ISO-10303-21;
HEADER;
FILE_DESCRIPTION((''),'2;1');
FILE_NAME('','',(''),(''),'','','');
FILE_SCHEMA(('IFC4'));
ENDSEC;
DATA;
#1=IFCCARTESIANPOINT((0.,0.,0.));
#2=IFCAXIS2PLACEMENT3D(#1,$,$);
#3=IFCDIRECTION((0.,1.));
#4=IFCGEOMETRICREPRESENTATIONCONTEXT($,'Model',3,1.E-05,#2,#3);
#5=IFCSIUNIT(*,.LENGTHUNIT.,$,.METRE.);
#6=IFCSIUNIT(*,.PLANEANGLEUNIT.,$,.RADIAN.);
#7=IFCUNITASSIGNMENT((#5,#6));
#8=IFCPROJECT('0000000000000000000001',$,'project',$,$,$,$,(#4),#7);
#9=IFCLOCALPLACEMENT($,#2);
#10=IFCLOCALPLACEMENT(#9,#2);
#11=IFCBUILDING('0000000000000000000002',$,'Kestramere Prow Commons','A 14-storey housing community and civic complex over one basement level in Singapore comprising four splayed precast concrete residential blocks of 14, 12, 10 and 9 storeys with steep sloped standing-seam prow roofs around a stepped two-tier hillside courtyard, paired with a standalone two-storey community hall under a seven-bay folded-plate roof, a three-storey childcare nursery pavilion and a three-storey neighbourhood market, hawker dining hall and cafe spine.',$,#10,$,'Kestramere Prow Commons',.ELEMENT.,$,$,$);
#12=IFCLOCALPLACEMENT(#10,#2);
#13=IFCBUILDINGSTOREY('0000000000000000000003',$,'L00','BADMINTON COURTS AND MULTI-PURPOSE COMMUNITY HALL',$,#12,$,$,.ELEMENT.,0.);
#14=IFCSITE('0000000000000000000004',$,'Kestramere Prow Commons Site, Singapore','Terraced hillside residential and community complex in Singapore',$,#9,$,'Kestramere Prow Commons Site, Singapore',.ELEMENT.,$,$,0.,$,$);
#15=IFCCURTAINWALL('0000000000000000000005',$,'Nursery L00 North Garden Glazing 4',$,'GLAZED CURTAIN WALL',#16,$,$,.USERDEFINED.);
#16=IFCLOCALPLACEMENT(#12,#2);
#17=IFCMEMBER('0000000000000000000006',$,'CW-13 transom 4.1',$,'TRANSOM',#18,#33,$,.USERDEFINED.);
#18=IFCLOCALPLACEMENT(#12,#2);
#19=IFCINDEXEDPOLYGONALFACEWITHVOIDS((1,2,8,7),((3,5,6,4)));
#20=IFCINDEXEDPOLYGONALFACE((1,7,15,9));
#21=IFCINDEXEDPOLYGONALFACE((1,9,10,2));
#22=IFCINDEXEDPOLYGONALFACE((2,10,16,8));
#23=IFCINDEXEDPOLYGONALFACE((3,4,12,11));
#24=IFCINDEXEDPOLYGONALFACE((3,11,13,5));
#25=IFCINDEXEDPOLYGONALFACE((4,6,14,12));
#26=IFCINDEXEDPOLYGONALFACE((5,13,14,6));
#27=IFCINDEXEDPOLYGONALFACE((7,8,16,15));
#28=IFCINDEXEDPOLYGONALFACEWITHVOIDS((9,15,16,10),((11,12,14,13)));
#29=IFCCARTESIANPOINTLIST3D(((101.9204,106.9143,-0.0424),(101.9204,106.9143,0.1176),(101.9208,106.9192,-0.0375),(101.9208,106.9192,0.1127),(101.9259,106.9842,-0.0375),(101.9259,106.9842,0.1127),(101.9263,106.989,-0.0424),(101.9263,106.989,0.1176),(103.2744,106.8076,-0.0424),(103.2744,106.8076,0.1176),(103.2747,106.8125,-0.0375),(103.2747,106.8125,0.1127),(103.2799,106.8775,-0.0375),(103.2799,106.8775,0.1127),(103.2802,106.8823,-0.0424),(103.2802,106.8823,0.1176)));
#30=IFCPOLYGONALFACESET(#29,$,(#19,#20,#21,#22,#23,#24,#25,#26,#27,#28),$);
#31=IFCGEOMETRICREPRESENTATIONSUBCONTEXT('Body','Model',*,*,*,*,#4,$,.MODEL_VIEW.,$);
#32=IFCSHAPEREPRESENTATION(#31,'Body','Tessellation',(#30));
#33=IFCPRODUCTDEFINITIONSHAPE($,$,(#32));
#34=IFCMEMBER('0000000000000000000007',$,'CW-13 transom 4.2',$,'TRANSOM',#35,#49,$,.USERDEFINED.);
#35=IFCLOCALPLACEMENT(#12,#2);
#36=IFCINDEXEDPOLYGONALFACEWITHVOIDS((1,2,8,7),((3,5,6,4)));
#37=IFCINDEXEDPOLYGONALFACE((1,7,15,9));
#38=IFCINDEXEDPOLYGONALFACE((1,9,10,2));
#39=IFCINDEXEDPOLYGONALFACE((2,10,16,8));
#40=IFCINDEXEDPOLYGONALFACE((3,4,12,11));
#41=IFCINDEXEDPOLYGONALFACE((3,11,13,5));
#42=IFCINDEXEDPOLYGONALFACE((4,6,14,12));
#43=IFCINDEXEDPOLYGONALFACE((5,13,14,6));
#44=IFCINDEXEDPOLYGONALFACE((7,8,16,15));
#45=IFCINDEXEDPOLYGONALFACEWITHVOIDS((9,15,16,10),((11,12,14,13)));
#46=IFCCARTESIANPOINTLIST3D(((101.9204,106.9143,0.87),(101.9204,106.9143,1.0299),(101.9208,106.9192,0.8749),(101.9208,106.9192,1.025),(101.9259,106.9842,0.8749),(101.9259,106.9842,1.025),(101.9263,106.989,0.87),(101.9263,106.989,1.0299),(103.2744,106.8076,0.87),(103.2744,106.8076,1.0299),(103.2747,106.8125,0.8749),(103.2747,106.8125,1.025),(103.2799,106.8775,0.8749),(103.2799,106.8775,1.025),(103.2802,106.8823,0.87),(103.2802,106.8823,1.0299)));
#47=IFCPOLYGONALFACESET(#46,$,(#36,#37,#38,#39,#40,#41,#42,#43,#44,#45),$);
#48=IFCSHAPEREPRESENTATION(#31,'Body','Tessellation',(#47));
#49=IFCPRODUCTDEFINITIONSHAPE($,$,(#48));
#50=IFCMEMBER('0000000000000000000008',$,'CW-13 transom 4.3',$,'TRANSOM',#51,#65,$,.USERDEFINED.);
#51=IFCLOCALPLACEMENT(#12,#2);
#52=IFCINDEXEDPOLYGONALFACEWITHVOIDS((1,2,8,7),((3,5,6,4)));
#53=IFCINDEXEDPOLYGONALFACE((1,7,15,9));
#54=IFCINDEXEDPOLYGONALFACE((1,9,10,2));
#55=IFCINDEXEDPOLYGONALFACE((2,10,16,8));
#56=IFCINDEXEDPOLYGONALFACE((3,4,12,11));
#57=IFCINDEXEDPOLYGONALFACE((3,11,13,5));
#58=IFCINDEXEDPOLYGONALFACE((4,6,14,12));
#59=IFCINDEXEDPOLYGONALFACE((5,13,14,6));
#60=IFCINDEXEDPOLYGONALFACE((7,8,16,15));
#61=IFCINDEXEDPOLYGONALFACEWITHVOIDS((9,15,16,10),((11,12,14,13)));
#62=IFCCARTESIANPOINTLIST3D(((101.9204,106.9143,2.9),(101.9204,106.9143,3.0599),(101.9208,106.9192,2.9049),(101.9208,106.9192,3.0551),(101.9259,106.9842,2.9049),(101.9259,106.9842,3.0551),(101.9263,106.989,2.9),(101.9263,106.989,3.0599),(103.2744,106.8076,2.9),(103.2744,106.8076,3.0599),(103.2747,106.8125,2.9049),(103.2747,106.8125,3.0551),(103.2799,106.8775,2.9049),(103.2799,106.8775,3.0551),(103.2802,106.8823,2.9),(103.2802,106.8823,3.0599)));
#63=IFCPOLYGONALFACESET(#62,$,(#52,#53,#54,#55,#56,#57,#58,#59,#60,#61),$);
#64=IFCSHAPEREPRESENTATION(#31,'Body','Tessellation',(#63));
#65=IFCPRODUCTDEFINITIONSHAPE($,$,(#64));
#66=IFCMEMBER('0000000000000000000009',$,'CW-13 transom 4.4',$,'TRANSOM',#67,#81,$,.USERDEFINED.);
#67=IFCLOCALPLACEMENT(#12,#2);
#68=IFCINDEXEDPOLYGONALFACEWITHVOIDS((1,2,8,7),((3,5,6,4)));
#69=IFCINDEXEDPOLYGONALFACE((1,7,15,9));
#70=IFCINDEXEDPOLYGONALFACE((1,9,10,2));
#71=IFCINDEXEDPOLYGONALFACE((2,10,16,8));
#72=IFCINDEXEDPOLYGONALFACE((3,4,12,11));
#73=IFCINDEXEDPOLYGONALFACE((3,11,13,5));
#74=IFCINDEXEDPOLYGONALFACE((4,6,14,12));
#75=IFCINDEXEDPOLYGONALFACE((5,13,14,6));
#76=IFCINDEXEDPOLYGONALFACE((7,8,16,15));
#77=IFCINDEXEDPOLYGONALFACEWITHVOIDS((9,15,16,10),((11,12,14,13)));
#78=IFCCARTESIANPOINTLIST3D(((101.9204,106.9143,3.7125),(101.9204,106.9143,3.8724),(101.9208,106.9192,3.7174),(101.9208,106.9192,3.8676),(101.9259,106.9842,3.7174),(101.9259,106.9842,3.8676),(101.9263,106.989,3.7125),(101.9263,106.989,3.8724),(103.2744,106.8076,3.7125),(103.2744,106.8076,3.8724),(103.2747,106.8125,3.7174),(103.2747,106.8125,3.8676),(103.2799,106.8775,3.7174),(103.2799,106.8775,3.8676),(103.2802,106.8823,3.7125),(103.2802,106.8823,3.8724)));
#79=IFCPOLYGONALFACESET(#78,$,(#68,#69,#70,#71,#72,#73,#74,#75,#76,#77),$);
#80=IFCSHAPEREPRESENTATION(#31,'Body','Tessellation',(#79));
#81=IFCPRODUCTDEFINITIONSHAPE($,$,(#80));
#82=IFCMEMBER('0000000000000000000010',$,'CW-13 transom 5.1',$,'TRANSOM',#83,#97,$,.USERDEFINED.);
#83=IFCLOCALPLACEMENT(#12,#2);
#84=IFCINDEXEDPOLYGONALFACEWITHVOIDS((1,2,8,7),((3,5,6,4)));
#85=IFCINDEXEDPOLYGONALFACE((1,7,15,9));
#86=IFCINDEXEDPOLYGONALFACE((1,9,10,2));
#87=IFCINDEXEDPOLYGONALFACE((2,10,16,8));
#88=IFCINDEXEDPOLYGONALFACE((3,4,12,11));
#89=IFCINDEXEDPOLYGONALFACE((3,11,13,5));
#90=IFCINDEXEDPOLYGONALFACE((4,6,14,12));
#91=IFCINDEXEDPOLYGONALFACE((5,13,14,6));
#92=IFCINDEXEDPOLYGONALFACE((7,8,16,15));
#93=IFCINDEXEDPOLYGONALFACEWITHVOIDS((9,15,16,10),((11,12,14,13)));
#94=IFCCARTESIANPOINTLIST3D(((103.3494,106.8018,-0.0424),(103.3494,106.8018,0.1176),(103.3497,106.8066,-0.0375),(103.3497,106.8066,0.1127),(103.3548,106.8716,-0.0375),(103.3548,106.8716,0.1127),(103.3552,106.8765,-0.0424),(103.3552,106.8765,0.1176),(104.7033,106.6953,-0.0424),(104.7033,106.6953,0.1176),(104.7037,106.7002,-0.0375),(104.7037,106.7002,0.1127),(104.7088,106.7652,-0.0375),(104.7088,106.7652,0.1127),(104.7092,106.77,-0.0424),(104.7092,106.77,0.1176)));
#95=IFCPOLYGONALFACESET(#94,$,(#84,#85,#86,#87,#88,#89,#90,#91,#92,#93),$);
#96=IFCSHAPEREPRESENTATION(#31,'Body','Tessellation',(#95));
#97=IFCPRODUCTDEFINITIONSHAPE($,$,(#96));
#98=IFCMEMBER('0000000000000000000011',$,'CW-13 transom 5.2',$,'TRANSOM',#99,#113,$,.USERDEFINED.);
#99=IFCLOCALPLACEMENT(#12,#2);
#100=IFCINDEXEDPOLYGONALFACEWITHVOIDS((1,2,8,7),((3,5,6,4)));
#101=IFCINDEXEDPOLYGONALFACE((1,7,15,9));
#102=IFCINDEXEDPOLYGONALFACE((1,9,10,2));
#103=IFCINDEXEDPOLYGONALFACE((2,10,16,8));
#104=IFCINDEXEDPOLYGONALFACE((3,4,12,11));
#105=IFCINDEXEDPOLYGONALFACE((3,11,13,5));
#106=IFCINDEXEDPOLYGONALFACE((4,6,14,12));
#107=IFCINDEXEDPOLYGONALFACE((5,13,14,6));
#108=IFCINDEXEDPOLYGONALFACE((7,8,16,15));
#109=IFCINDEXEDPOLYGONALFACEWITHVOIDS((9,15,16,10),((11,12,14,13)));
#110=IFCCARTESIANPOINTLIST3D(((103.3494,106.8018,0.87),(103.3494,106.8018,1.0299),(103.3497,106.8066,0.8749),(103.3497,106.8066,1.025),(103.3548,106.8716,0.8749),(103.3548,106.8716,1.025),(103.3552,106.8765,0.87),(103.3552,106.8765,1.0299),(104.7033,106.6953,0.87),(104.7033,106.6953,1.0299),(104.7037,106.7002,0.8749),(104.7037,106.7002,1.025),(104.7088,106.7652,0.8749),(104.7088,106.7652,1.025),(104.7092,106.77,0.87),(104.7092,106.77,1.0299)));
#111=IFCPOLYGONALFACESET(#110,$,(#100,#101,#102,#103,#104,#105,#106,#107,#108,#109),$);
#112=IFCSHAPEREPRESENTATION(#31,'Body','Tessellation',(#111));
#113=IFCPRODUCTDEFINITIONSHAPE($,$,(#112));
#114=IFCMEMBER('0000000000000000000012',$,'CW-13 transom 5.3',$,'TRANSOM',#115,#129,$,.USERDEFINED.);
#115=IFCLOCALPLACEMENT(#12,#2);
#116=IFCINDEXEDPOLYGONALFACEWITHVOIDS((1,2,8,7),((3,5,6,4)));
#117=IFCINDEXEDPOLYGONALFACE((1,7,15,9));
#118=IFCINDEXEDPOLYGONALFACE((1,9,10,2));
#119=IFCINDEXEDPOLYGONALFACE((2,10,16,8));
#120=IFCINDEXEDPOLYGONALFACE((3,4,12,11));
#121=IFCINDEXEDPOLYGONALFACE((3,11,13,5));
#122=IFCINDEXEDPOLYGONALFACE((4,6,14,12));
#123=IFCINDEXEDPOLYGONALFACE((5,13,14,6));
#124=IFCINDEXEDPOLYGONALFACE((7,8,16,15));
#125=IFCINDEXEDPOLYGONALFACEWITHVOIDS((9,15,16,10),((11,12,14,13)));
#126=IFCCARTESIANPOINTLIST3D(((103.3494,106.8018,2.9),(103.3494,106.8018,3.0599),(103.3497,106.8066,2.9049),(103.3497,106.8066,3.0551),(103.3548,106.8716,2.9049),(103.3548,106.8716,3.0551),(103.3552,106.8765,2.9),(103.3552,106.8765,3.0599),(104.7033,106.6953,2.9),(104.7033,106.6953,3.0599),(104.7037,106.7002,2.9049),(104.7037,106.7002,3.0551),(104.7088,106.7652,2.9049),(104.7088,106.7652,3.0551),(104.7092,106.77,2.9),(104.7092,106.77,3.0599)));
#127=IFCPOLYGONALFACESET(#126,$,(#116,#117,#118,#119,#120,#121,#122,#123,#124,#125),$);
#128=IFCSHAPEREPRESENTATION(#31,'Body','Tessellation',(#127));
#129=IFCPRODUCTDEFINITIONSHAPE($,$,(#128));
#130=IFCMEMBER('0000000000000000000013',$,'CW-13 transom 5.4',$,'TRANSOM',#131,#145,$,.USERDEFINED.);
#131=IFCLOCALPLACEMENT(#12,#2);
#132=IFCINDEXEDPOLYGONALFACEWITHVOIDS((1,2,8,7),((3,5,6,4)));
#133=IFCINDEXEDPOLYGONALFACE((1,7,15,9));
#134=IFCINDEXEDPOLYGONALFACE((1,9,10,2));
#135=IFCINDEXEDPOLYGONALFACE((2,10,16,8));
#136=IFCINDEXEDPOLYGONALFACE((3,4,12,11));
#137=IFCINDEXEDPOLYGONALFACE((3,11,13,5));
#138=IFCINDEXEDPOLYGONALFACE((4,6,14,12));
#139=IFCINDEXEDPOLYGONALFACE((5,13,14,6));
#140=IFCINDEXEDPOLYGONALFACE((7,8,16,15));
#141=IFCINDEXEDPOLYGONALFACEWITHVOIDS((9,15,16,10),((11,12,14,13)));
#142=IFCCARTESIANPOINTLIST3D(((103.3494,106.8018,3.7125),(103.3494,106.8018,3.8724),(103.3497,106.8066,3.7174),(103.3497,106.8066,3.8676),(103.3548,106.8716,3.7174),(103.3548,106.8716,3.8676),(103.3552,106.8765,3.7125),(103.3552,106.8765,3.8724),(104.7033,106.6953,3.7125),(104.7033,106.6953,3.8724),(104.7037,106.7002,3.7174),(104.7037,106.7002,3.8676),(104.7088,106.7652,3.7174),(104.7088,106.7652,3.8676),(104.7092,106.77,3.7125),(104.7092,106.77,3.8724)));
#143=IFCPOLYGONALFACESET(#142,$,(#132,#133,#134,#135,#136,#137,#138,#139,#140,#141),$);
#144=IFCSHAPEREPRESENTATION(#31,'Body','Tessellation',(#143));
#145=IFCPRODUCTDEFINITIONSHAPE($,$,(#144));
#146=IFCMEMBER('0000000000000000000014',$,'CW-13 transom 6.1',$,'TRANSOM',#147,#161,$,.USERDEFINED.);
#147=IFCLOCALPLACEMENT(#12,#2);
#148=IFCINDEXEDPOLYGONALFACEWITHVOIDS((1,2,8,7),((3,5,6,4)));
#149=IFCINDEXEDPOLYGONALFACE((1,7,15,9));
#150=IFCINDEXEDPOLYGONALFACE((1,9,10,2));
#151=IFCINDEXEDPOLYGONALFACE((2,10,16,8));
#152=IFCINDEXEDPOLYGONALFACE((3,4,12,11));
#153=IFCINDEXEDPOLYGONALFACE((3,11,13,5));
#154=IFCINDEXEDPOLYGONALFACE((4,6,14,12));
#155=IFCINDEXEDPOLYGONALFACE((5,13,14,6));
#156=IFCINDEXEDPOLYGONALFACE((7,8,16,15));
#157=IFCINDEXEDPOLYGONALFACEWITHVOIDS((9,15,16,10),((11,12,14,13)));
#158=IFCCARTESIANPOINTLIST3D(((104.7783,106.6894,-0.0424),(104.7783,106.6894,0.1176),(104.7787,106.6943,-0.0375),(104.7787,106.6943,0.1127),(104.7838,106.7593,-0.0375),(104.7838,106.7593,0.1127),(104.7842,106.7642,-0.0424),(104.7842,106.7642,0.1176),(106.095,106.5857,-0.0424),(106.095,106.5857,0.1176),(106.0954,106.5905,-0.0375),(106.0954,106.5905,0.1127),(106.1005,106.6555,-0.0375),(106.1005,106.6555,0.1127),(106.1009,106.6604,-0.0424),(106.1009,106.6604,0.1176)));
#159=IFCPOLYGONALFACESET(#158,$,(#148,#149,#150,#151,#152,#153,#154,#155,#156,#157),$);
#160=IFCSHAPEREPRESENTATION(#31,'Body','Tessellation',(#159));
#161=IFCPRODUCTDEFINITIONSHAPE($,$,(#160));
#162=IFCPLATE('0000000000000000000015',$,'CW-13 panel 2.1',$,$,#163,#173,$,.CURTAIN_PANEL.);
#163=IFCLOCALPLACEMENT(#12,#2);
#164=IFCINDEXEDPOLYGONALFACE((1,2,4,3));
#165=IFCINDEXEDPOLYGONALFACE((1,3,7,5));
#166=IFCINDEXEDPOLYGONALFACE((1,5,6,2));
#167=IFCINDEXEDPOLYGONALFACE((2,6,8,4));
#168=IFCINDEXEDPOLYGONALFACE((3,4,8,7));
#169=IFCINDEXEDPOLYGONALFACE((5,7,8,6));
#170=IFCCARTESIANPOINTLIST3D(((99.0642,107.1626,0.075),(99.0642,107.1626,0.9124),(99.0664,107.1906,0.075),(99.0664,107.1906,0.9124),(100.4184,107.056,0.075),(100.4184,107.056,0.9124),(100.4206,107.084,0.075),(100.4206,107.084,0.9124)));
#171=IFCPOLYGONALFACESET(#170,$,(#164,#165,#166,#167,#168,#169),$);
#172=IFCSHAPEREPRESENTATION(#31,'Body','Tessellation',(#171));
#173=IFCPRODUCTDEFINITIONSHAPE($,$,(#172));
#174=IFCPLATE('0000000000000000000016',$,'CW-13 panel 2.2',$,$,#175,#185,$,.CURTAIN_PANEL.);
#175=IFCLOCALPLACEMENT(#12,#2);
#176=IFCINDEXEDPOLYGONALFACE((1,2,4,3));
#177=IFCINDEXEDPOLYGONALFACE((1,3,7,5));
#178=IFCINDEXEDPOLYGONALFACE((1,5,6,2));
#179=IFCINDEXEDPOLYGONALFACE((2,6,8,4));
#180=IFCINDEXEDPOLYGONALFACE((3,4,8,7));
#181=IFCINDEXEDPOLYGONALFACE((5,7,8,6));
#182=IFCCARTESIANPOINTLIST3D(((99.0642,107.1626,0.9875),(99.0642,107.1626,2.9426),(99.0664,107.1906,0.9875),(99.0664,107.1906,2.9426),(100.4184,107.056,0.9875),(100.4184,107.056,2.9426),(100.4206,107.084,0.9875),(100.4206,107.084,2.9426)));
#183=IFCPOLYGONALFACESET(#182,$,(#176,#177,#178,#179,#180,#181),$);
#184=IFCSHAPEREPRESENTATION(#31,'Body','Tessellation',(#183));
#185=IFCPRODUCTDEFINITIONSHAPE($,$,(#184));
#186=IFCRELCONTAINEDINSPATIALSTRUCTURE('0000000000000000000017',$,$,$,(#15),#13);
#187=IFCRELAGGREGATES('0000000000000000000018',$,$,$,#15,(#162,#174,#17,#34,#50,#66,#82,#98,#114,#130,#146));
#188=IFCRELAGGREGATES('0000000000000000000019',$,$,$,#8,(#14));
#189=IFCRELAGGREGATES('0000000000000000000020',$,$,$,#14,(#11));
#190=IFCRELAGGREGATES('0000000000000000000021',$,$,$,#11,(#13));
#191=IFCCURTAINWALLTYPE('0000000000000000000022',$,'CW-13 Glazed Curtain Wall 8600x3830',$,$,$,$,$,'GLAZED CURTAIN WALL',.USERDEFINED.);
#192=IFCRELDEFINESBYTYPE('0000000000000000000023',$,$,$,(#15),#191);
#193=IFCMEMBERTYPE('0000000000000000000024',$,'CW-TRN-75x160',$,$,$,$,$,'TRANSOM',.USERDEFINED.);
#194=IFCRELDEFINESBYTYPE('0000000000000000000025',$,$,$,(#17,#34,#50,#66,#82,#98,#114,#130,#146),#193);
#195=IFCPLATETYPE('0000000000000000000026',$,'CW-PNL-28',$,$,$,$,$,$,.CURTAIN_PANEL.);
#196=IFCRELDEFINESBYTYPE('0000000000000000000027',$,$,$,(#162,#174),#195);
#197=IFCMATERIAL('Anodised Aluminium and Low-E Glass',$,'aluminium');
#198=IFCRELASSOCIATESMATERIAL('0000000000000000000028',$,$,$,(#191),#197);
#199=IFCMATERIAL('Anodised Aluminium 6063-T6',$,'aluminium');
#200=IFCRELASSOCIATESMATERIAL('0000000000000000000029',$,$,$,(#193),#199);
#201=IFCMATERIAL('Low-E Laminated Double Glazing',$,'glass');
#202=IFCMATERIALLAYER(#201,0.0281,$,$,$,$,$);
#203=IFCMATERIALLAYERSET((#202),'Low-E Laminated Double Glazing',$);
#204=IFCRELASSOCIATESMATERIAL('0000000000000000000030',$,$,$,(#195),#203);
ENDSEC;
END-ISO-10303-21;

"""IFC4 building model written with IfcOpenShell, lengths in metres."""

from ifc_helpers import new_model, si_unit, direction, frame, origin, origin_2d, place, context, subcontext, project, spatial, rectangle, hollow_rectangle, extrude, material, layer, layer_set, material_profile, profile_set, type_object, element, aggregate, save


model = new_model("IFC4")

# Units and contexts
model_context = context("Model", 3, precision=1e-05, world=origin(), true_north=direction((0.0, 1.0)))
body_context = subcontext(model_context, "Body", "Model", "MODEL_VIEW")
ifc_project = project(units=[si_unit("LENGTHUNIT", "METRE"), si_unit("PLANEANGLEUNIT", "RADIAN")], contexts=[model_context])

# Site, building, storey
site_placement = place(None, origin())
site = spatial("IfcSite", under=ifc_project, at=site_placement, Name="Kestramere Prow Commons Site, Singapore", Description="Terraced hillside residential and community complex in Singapore", LongName="Kestramere Prow Commons Site, Singapore", CompositionType="ELEMENT", RefElevation=0.0)
building_placement = place(site_placement, origin())
building = spatial("IfcBuilding", under=site, at=building_placement, Name="Kestramere Prow Commons", Description="A 14-storey housing community and civic complex over one basement level in Singapore comprising four splayed precast concrete residential blocks of 14, 12, 10 and 9 storeys with steep sloped standing-seam prow roofs around a stepped two-tier hillside courtyard, paired with a standalone two-storey community hall under a seven-bay folded-plate roof, a three-storey childcare nursery pavilion and a three-storey neighbourhood market, hawker dining hall and cafe spine.", LongName="Kestramere Prow Commons", CompositionType="ELEMENT")
storey_placement = place(building_placement, origin())
storey = spatial("IfcBuildingStorey", under=building, at=storey_placement, Name="L00", Description="BADMINTON COURTS AND MULTI-PURPOSE COMMUNITY HALL", CompositionType="ELEMENT", Elevation=0.0)

# Curtain wall, members, plates
ifc_material_1 = material(Name="Anodised Aluminium and Low-E Glass", Category="aluminium")
curtain_wall_type = type_object("IfcCurtainWallType", Name="CW-13 Glazed Curtain Wall 8600x3830", ElementType="GLAZED CURTAIN WALL", PredefinedType="USERDEFINED", material=ifc_material_1)
curtain_wall_placement = place(storey_placement, origin())
curtain_wall = element("IfcCurtainWall", 1, at=curtain_wall_placement, inside=storey, type_object=curtain_wall_type, Name="Nursery L00 North Garden Glazing 4", ObjectType="GLAZED CURTAIN WALL", PredefinedType="USERDEFINED")
ifc_material_2 = material(Name="Anodised Aluminium 6063-T6", Category="aluminium")
ifc_material_profile_1 = material_profile(ifc_material_2, hollow_rectangle(XDim=0.075, YDim=0.1599, WallThickness=0.0049, at=origin_2d()), Name="ALU-TRN 75x160")
ifc_profile_set_1 = profile_set([ifc_material_profile_1], Name="Anodised Aluminium 6063-T6")
member_type_1 = type_object("IfcMemberType", Name="CW-TRN-75x160", ElementType="TRANSOM", PredefinedType="USERDEFINED", material=ifc_profile_set_1)
member_1_placement = place(storey_placement, frame((101.9233, 106.9517, 0.0376), z_axis=(0.99691, -0.078552, 0.0), x_axis=(0.078552, 0.99691, 0.0)))
member_1 = element("IfcMember", 2, at=member_1_placement, type_object=member_type_1, Name="CW-13 transom 4.1", ObjectType="TRANSOM", PredefinedType="USERDEFINED", context=body_context, shape_type="SweptSolid", body=[
    extrude(hollow_rectangle(XDim=0.075, YDim=0.1599, WallThickness=0.0049, at=origin_2d()), origin(), (0.0, 0.0, 1.0), 1.3582),
])
member_2_placement = place(storey_placement, frame((101.9233, 106.9517, 0.95), z_axis=(0.99691, -0.078552, 0.0), x_axis=(0.078552, 0.99691, 0.0)))
member_2 = element("IfcMember", 3, at=member_2_placement, type_object=member_type_1, Name="CW-13 transom 4.2", ObjectType="TRANSOM", PredefinedType="USERDEFINED", context=body_context, shape_type="SweptSolid", body=[
    extrude(hollow_rectangle(XDim=0.075, YDim=0.1599, WallThickness=0.0049, at=origin_2d()), origin(), (0.0, 0.0, 1.0), 1.3582),
])
member_3_placement = place(storey_placement, frame((101.9233, 106.9517, 2.98), z_axis=(0.99691, -0.078552, 0.0), x_axis=(0.078552, 0.99691, 0.0)))
member_3 = element("IfcMember", 4, at=member_3_placement, type_object=member_type_1, Name="CW-13 transom 4.3", ObjectType="TRANSOM", PredefinedType="USERDEFINED", context=body_context, shape_type="SweptSolid", body=[
    extrude(hollow_rectangle(XDim=0.075, YDim=0.1599, WallThickness=0.0049, at=origin_2d()), origin(), (0.0, 0.0, 1.0), 1.3582),
])
member_4_placement = place(storey_placement, frame((101.9233, 106.9517, 3.7925), z_axis=(0.99691, -0.078552, 0.0), x_axis=(0.078552, 0.99691, 0.0)))
member_4 = element("IfcMember", 5, at=member_4_placement, type_object=member_type_1, Name="CW-13 transom 4.4", ObjectType="TRANSOM", PredefinedType="USERDEFINED", context=body_context, shape_type="SweptSolid", body=[
    extrude(hollow_rectangle(XDim=0.075, YDim=0.1599, WallThickness=0.0049, at=origin_2d()), origin(), (0.0, 0.0, 1.0), 1.3582),
])
member_5_placement = place(storey_placement, frame((103.3523, 106.8391, 0.0376), z_axis=(0.996924, -0.078373, 0.0), x_axis=(0.078373, 0.996924, 0.0)))
member_5 = element("IfcMember", 6, at=member_5_placement, type_object=member_type_1, Name="CW-13 transom 5.1", ObjectType="TRANSOM", PredefinedType="USERDEFINED", context=body_context, shape_type="SweptSolid", body=[
    extrude(hollow_rectangle(XDim=0.075, YDim=0.1599, WallThickness=0.0049, at=origin_2d()), origin(), (0.0, 0.0, 1.0), 1.3582),
])
member_6_placement = place(storey_placement, frame((103.3523, 106.8391, 0.95), z_axis=(0.996924, -0.078373, 0.0), x_axis=(0.078373, 0.996924, 0.0)))
member_6 = element("IfcMember", 7, at=member_6_placement, type_object=member_type_1, Name="CW-13 transom 5.2", ObjectType="TRANSOM", PredefinedType="USERDEFINED", context=body_context, shape_type="SweptSolid", body=[
    extrude(hollow_rectangle(XDim=0.075, YDim=0.1599, WallThickness=0.0049, at=origin_2d()), origin(), (0.0, 0.0, 1.0), 1.3582),
])
member_7_placement = place(storey_placement, frame((103.3523, 106.8391, 2.98), z_axis=(0.996924, -0.078373, 0.0), x_axis=(0.078373, 0.996924, 0.0)))
member_7 = element("IfcMember", 8, at=member_7_placement, type_object=member_type_1, Name="CW-13 transom 5.3", ObjectType="TRANSOM", PredefinedType="USERDEFINED", context=body_context, shape_type="SweptSolid", body=[
    extrude(hollow_rectangle(XDim=0.075, YDim=0.1599, WallThickness=0.0049, at=origin_2d()), origin(), (0.0, 0.0, 1.0), 1.3582),
])
member_8_placement = place(storey_placement, frame((103.3523, 106.8391, 3.7925), z_axis=(0.996924, -0.078373, 0.0), x_axis=(0.078373, 0.996924, 0.0)))
member_8 = element("IfcMember", 9, at=member_8_placement, type_object=member_type_1, Name="CW-13 transom 5.4", ObjectType="TRANSOM", PredefinedType="USERDEFINED", context=body_context, shape_type="SweptSolid", body=[
    extrude(hollow_rectangle(XDim=0.075, YDim=0.1599, WallThickness=0.0049, at=origin_2d()), origin(), (0.0, 0.0, 1.0), 1.3582),
])
member_9_placement = place(storey_placement, frame((104.7812, 106.7268, 0.0376), z_axis=(0.996909, -0.078562, 0.0), x_axis=(0.078562, 0.996909, 0.0)))
member_9 = element("IfcMember", 10, at=member_9_placement, type_object=member_type_1, Name="CW-13 transom 6.1", ObjectType="TRANSOM", PredefinedType="USERDEFINED", context=body_context, shape_type="SweptSolid", body=[
    extrude(hollow_rectangle(XDim=0.075, YDim=0.1599, WallThickness=0.0049, at=origin_2d()), origin(), (0.0, 0.0, 1.0), 1.3208),
])
ifc_material_3 = material(Name="Low-E Laminated Double Glazing", Category="glass")
ifc_layer = layer(ifc_material_3, 0.0281)
ifc_layer_set = layer_set([ifc_layer], Name="Low-E Laminated Double Glazing")
plate_type = type_object("IfcPlateType", Name="CW-PNL-28", PredefinedType="CURTAIN_PANEL", material=ifc_layer_set)
plate_1_placement = place(storey_placement, frame((99.7424, 107.1233, 0.075), z_axis=(0.0, 0.0, 1.0), x_axis=(0.996917, -0.078459, 0.0)))
plate_1 = element("IfcPlate", 11, at=plate_1_placement, type_object=plate_type, Name="CW-13 panel 2.1", PredefinedType="CURTAIN_PANEL", context=body_context, shape_type="SweptSolid", body=[
    extrude(rectangle(XDim=1.3584, YDim=0.0281, at=origin_2d()), origin(), (0.0, 0.0, 1.0), 0.8374),
])
plate_2_placement = place(storey_placement, frame((99.7424, 107.1233, 0.9875), z_axis=(0.0, 0.0, 1.0), x_axis=(0.996917, -0.078459, 0.0)))
plate_2 = element("IfcPlate", 12, at=plate_2_placement, type_object=plate_type, Name="CW-13 panel 2.2", PredefinedType="CURTAIN_PANEL", context=body_context, shape_type="SweptSolid", body=[
    extrude(rectangle(XDim=1.3584, YDim=0.0281, at=origin_2d()), origin(), (0.0, 0.0, 1.0), 1.9551),
])
aggregate(curtain_wall, [plate_1, plate_2, member_1, member_2, member_3, member_4, member_5, member_6, member_7, member_8, member_9])

save(model, "model.ifc")
